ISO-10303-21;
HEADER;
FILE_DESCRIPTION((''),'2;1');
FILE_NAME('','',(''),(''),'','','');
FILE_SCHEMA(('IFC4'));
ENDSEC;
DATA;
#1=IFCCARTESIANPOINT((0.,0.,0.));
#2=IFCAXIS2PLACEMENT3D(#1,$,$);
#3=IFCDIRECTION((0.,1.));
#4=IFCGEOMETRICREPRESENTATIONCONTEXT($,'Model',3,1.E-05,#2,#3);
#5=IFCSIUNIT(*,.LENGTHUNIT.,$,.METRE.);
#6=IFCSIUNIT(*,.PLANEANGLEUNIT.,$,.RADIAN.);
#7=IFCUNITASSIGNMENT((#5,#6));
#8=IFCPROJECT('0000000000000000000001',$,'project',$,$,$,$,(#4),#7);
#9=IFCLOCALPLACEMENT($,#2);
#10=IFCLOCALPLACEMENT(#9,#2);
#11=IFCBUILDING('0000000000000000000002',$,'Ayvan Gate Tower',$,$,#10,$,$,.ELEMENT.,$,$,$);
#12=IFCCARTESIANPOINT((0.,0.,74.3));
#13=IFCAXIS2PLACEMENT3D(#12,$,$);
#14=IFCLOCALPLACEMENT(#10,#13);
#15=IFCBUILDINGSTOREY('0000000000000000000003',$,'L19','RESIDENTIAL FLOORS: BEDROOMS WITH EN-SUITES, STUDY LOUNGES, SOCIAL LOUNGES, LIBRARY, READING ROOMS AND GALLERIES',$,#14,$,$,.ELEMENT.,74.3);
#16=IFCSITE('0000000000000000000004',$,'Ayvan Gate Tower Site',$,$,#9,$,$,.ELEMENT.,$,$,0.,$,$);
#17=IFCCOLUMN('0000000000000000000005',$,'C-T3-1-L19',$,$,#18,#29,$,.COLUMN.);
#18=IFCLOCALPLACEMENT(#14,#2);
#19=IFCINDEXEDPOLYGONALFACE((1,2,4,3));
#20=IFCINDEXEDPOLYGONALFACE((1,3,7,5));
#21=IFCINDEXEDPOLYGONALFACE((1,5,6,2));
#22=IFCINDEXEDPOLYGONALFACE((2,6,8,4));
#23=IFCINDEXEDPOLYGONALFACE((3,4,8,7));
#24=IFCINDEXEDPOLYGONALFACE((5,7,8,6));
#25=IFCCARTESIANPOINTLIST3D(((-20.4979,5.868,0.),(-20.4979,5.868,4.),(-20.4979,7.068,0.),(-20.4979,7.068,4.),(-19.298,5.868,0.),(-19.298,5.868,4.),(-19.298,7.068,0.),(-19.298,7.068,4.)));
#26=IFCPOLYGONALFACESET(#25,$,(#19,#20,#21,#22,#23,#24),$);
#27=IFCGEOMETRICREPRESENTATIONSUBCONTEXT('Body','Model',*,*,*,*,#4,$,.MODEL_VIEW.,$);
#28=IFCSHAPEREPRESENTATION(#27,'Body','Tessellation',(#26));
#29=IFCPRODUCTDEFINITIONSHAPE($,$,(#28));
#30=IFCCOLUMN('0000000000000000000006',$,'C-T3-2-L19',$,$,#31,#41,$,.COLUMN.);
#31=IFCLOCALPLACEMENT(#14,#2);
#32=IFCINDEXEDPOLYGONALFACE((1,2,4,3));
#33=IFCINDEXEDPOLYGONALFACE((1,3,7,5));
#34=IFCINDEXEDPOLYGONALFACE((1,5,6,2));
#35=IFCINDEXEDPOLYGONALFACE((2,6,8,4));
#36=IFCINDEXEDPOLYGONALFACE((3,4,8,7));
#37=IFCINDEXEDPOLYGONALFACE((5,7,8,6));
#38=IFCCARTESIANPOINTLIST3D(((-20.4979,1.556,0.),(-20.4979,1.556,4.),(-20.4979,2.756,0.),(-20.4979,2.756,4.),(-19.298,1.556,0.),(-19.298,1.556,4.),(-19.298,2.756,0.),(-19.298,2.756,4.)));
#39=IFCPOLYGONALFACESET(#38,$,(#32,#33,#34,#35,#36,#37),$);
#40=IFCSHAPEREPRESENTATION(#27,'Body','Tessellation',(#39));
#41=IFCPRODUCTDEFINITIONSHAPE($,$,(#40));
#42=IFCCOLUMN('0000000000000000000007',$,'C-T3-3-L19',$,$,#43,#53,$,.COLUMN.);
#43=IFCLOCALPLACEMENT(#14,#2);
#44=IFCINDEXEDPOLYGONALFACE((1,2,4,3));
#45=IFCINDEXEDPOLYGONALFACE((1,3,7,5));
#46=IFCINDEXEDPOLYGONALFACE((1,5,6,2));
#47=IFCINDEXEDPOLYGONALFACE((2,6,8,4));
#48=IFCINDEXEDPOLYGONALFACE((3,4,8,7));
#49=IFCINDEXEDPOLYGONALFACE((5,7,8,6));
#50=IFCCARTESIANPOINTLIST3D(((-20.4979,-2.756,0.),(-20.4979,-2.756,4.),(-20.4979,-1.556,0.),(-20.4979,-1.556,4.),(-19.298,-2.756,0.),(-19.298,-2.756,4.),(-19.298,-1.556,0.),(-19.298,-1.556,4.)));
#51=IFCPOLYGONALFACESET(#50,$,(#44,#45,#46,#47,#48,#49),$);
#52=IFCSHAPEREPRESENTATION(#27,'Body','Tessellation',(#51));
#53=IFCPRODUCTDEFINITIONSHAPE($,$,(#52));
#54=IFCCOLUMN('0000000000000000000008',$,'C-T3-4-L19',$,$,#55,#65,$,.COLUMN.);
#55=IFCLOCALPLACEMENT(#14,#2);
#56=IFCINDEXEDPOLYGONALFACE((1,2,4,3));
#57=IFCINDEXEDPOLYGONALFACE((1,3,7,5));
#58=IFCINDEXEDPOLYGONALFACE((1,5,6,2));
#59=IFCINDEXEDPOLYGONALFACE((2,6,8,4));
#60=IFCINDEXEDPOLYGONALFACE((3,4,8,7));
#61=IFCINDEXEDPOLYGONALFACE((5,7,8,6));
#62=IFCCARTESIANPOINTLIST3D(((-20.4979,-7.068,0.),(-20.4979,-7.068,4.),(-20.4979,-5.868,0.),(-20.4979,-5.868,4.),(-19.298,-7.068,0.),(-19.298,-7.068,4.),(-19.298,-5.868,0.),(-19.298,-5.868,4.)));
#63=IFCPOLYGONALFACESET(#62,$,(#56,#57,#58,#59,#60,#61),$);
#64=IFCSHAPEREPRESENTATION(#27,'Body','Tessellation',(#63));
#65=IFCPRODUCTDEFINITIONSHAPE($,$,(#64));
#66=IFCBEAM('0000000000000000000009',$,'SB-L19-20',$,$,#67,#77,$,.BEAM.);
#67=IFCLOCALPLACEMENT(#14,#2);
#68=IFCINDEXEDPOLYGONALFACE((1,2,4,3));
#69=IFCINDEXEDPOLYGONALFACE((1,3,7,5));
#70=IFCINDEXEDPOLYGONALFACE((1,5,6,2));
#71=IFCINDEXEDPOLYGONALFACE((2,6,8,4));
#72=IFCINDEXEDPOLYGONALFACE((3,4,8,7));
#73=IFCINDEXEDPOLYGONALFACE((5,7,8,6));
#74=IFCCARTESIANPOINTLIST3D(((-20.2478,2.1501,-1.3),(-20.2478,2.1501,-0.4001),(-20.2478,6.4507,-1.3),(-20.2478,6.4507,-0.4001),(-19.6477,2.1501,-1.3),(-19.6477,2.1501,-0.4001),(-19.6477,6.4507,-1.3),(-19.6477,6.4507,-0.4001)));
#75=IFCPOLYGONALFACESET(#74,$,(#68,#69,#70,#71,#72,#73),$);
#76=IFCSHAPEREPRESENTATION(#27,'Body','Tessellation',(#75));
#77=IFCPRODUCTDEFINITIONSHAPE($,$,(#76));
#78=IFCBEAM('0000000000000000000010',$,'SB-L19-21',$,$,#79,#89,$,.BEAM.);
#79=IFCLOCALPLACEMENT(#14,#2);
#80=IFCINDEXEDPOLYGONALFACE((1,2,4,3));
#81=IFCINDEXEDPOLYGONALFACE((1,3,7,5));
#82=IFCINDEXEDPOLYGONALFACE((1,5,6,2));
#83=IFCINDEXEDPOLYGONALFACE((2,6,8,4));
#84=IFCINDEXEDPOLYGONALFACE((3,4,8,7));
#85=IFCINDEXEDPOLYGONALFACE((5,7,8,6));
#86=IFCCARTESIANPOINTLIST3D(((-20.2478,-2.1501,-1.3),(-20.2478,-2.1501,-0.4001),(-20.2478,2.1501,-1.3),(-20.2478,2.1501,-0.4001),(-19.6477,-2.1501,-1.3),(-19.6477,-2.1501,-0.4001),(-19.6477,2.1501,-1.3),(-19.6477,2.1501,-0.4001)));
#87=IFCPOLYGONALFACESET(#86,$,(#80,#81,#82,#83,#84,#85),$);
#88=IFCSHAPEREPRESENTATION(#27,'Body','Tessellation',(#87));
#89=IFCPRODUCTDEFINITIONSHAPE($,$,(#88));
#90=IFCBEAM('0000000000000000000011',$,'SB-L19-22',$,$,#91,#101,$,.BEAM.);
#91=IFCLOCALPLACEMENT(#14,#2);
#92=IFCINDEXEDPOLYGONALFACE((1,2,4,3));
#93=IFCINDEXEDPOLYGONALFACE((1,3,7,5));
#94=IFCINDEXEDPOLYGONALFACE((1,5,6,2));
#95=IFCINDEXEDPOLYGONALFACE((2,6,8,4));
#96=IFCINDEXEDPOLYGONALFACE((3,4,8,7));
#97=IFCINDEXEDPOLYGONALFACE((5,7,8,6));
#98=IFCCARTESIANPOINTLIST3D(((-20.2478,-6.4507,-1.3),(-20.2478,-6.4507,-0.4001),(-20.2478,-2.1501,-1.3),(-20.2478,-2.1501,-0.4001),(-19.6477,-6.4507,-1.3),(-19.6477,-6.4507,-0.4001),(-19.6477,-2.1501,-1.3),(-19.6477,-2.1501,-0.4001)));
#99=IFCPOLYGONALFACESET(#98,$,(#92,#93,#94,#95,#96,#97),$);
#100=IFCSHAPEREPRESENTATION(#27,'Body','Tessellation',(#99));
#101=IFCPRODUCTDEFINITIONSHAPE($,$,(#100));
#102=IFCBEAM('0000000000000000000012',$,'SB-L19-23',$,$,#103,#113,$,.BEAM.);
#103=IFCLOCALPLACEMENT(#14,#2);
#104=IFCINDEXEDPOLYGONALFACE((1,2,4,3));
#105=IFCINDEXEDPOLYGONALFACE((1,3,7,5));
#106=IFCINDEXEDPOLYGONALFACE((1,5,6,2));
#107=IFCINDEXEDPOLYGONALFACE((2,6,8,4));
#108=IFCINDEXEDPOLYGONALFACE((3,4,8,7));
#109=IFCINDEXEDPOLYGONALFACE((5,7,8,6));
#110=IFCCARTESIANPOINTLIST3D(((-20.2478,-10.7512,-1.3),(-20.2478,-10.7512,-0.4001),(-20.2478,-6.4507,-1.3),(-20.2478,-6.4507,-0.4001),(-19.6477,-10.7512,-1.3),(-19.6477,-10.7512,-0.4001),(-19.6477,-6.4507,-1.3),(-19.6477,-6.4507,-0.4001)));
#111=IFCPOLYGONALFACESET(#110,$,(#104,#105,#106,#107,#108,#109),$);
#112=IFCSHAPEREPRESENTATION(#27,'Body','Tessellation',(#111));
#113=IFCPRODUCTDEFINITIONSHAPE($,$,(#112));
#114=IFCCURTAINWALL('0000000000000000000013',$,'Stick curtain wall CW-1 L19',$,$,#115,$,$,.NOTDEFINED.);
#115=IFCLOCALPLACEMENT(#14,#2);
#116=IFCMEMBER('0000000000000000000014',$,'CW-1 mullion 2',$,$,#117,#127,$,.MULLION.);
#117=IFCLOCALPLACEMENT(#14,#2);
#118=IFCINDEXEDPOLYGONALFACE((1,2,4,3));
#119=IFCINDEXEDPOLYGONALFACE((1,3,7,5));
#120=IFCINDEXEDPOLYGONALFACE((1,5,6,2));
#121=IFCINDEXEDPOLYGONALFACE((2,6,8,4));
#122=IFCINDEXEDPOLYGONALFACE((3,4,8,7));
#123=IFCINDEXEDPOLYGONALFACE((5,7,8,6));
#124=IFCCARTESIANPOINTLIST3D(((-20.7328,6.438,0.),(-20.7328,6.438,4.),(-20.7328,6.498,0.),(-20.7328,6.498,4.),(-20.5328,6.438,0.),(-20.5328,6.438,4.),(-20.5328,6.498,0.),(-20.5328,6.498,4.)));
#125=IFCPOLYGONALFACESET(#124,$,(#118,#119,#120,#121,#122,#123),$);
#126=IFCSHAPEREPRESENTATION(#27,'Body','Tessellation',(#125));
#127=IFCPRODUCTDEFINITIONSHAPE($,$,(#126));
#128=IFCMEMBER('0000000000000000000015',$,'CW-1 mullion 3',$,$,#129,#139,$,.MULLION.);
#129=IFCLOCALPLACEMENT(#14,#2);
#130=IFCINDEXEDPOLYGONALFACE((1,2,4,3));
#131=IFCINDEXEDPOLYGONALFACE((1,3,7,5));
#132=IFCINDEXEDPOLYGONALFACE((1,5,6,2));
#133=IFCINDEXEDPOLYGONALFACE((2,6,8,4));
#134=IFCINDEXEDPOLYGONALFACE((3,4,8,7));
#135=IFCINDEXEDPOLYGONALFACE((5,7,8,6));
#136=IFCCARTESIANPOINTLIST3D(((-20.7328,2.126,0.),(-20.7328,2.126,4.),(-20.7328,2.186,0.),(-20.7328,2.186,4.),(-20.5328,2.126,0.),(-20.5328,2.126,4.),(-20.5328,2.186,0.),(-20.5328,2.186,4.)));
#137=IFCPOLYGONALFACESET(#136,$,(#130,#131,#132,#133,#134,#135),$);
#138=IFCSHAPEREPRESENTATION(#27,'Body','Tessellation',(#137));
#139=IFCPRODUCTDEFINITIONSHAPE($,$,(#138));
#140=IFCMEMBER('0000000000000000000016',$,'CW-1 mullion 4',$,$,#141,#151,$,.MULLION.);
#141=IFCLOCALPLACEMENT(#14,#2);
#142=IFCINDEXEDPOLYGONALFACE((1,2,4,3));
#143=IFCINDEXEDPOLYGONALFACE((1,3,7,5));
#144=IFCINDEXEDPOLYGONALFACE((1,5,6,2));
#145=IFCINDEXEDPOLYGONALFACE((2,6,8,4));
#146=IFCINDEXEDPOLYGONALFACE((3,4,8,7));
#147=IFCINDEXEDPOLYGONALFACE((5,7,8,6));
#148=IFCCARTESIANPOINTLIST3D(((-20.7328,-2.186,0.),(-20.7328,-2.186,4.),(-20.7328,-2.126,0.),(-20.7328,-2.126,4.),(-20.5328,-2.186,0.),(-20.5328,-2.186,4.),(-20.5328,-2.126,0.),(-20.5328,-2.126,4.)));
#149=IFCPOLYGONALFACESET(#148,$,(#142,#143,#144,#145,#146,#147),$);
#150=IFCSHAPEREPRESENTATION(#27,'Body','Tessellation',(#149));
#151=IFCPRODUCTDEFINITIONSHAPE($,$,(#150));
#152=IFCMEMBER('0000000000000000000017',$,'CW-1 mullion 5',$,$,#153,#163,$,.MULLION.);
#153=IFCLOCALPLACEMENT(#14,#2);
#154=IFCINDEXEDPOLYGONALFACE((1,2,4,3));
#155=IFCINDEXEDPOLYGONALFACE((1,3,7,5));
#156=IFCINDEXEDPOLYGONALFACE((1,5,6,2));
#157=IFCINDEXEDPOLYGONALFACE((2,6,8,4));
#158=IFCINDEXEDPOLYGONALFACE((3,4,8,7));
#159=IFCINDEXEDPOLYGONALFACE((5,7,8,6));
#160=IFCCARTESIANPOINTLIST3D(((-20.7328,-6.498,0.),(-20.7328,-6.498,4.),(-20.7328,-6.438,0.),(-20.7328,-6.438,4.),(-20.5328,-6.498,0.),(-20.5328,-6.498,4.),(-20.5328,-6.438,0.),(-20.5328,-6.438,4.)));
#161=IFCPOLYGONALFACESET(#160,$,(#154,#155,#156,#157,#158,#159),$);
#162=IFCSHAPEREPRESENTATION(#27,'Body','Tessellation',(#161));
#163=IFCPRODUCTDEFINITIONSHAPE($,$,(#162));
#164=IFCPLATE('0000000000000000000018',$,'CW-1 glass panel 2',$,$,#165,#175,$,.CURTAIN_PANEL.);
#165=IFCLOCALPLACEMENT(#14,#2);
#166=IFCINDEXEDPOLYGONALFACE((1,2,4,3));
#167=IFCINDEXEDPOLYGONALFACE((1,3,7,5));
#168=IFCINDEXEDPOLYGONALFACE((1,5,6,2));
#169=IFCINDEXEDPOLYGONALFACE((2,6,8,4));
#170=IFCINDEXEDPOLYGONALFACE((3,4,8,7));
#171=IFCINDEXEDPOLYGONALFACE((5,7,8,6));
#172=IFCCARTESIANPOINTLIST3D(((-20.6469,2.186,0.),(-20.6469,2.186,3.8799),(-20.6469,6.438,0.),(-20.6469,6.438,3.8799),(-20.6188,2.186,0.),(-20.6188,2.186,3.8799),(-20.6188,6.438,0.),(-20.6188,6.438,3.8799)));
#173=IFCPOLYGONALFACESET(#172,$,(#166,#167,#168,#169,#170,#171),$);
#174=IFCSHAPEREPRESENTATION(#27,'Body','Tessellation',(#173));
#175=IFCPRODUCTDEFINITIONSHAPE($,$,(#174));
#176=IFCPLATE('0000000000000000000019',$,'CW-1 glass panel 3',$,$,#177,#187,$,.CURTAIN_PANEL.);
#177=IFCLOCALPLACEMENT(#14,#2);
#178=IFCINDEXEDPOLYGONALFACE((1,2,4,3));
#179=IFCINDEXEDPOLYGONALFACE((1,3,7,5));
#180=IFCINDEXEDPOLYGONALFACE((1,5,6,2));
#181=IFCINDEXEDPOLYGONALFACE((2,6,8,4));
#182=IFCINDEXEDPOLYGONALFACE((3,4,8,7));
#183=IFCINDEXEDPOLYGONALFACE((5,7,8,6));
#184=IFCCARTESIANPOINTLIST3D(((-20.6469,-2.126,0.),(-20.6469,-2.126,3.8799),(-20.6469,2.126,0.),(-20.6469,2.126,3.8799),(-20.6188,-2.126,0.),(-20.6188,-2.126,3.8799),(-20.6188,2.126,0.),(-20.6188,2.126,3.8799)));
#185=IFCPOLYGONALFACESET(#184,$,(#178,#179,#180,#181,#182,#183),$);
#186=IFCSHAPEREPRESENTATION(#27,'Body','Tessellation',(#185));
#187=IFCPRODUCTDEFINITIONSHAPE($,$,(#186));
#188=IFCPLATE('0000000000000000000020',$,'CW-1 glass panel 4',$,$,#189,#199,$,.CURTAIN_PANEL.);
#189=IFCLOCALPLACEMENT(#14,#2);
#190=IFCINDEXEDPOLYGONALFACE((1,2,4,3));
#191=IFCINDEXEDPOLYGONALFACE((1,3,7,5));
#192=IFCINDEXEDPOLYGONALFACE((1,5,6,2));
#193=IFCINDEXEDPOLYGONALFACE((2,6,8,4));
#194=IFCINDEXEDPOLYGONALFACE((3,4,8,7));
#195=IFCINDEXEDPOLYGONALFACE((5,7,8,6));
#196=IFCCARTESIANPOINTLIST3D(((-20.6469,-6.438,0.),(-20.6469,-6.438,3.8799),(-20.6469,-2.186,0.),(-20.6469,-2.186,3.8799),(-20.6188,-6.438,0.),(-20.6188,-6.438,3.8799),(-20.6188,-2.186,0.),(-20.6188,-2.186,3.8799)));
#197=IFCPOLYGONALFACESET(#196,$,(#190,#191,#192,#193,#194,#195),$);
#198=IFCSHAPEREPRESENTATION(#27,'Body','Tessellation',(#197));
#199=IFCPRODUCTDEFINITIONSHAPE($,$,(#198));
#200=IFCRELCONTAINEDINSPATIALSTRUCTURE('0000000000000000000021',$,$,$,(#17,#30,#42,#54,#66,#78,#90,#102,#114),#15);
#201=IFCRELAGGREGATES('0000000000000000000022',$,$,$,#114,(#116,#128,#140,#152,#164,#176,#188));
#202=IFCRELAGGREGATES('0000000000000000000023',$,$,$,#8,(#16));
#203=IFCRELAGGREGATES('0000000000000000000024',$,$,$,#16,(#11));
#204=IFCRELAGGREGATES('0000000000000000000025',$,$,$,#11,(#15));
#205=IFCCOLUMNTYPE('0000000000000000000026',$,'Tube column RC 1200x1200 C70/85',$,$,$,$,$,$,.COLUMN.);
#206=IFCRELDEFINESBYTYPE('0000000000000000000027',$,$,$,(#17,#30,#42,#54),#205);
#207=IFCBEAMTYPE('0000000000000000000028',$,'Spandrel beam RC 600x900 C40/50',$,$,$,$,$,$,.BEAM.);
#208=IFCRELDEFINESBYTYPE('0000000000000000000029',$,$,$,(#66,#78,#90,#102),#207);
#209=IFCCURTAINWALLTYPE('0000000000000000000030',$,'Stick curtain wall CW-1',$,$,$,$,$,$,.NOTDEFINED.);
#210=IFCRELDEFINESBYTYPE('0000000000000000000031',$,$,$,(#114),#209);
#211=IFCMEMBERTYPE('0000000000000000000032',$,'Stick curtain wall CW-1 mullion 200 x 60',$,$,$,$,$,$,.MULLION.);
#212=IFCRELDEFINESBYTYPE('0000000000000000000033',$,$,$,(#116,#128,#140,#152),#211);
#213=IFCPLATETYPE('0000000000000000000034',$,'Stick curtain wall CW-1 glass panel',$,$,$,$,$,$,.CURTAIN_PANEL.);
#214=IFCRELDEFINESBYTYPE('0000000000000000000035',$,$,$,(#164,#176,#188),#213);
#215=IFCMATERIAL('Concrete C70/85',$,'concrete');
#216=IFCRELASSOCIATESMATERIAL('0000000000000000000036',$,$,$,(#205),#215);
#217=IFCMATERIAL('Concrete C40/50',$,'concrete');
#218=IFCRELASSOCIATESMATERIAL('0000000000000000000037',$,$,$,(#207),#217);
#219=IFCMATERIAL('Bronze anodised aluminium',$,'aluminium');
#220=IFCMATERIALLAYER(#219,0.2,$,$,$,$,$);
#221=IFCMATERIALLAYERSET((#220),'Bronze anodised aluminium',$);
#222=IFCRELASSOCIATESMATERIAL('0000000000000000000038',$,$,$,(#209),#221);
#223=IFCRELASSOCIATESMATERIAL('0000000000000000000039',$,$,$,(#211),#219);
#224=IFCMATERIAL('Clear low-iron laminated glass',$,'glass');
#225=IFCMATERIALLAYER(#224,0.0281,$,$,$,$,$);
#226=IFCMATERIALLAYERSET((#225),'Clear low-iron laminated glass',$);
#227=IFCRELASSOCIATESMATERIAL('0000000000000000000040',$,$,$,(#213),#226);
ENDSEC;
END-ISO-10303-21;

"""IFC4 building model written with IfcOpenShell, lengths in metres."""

from ifc_helpers import new_model, si_unit, direction, frame, origin, origin_2d, place, context, subcontext, project, spatial, rectangle, extrude, material, layer, layer_set, material_profile, profile_set, type_object, element, aggregate, save


model = new_model("IFC4")

# Units and contexts
model_context = context("Model", 3, precision=1e-05, world=origin(), true_north=direction((0.0, 1.0)))
body_context = subcontext(model_context, "Body", "Model", "MODEL_VIEW")
ifc_project = project(units=[si_unit("LENGTHUNIT", "METRE"), si_unit("PLANEANGLEUNIT", "RADIAN")], contexts=[model_context])

# Site, building, storey
site_placement = place(None, origin())
site = spatial("IfcSite", under=ifc_project, at=site_placement, Name="Ayvan Gate Tower Site", CompositionType="ELEMENT", RefElevation=0.0)
building_placement = place(site_placement, origin())
building = spatial("IfcBuilding", under=site, at=building_placement, Name="Ayvan Gate Tower", CompositionType="ELEMENT")
storey_placement = place(building_placement, frame((0.0, 0.0, 74.3)))
storey = spatial("IfcBuildingStorey", under=building, at=storey_placement, Name="L19", Description="RESIDENTIAL FLOORS: BEDROOMS WITH EN-SUITES, STUDY LOUNGES, SOCIAL LOUNGES, LIBRARY, READING ROOMS AND GALLERIES", CompositionType="ELEMENT", Elevation=74.3)

# Columns
ifc_material_1 = material(Name="Concrete C70/85", Category="concrete")
ifc_material_profile_1 = material_profile(ifc_material_1, rectangle(XDim=1.2, YDim=1.2, at=origin_2d()), Name="RC 1200x1200")
ifc_profile_set_1 = profile_set([ifc_material_profile_1], Name="Concrete C70/85")
column_type = type_object("IfcColumnType", Name="Tube column RC 1200x1200 C70/85", PredefinedType="COLUMN", material=ifc_profile_set_1)
for number, where, z_axis, x_axis, name in (
    (1, (-19.8979, 6.468, 0.0), (0.0, 0.0, 1.0), (-1.0, 0.0, 0.0), "C-T3-1-L19"),
    (2, (-19.8979, 2.156, 0.0), (0.0, 0.0, 1.0), (-1.0, 0.0, 0.0), "C-T3-2-L19"),
    (3, (-19.8979, -2.156, 0.0), (0.0, 0.0, 1.0), (-1.0, 0.0, 0.0), "C-T3-3-L19"),
    (4, (-19.8979, -6.468, 0.0), (0.0, 0.0, 1.0), (-1.0, 0.0, 0.0), "C-T3-4-L19"),
):
    element("IfcColumn", number, at=place(storey_placement, frame(where, z_axis=z_axis, x_axis=x_axis)), inside=storey, type_object=column_type, Name=name, PredefinedType="COLUMN", context=body_context, shape_type="SweptSolid", body=[
        extrude(rectangle(XDim=1.2, YDim=1.2, at=origin_2d()), origin(), (0.0, 0.0, 1.0), 4.0),
    ])

# Beams
ifc_material_2 = material(Name="Concrete C40/50", Category="concrete")
ifc_material_profile_2 = material_profile(ifc_material_2, rectangle(XDim=0.6001, YDim=0.8999, at=origin_2d()), Name="RC 600x900")
ifc_profile_set_2 = profile_set([ifc_material_profile_2], Name="Concrete C40/50")
beam_type = type_object("IfcBeamType", Name="Spandrel beam RC 600x900 C40/50", PredefinedType="BEAM", material=ifc_profile_set_2)
beam_1_placement = place(storey_placement, frame((-19.9478, 6.4507, -0.8501), z_axis=(0.0, -1.0, 0.0), x_axis=(1.0, 0.0, 0.0)))
element("IfcBeam", 5, at=beam_1_placement, inside=storey, type_object=beam_type, Name="SB-L19-20", PredefinedType="BEAM", context=body_context, shape_type="SweptSolid", body=[
    extrude(rectangle(XDim=0.6001, YDim=0.8999, at=origin_2d()), origin(), (0.0, 0.0, 1.0), 4.3005),
])
beam_2_placement = place(storey_placement, frame((-19.9478, 2.1501, -0.8501), z_axis=(0.0, -1.0, 0.0), x_axis=(1.0, 0.0, 0.0)))
element("IfcBeam", 6, at=beam_2_placement, inside=storey, type_object=beam_type, Name="SB-L19-21", PredefinedType="BEAM", context=body_context, shape_type="SweptSolid", body=[
    extrude(rectangle(XDim=0.6001, YDim=0.8999, at=origin_2d()), origin(), (0.0, 0.0, 1.0), 4.3003),
])
for number, where, z_axis, x_axis, name in (
    (7, (-19.9478, -2.1501, -0.8501), (0.0, -1.0, 0.0), (1.0, 0.0, 0.0), "SB-L19-22"),
    (8, (-19.9478, -6.4507, -0.8501), (0.0, -1.0, 0.0), (1.0, 0.0, 0.0), "SB-L19-23"),
):
    element("IfcBeam", number, at=place(storey_placement, frame(where, z_axis=z_axis, x_axis=x_axis)), inside=storey, type_object=beam_type, Name=name, PredefinedType="BEAM", context=body_context, shape_type="SweptSolid", body=[
        extrude(rectangle(XDim=0.6001, YDim=0.8999, at=origin_2d()), origin(), (0.0, 0.0, 1.0), 4.3005),
    ])

# Curtain wall, members, plates
ifc_material_3 = material(Name="Bronze anodised aluminium", Category="aluminium")
ifc_layer_1 = layer(ifc_material_3, 0.2)
ifc_layer_set_1 = layer_set([ifc_layer_1], Name="Bronze anodised aluminium")
curtain_wall_type = type_object("IfcCurtainWallType", Name="Stick curtain wall CW-1", PredefinedType="NOTDEFINED", material=ifc_layer_set_1)
curtain_wall_placement = place(storey_placement, origin())
curtain_wall = element("IfcCurtainWall", 9, at=curtain_wall_placement, inside=storey, type_object=curtain_wall_type, Name="Stick curtain wall CW-1 L19", PredefinedType="NOTDEFINED")
ifc_material_profile_3 = material_profile(ifc_material_3, rectangle(XDim=0.2, YDim=0.0601, at=origin_2d()), Name="Stick curtain wall CW-1 mullion 200 x 60")
ifc_profile_set_3 = profile_set([ifc_material_profile_3], Name="Bronze anodised aluminium")
member_type = type_object("IfcMemberType", Name="Stick curtain wall CW-1 mullion 200 x 60", PredefinedType="MULLION", material=ifc_profile_set_3)
member_1_placement = place(storey_placement, frame((-20.6328, 6.468, 0.0), z_axis=(0.0, 0.0, 1.0), x_axis=(-1.0, 0.0, 0.0)))
member_1 = element("IfcMember", 10, at=member_1_placement, type_object=member_type, Name="CW-1 mullion 2", PredefinedType="MULLION", context=body_context, shape_type="SweptSolid", body=[
    extrude(rectangle(XDim=0.2, YDim=0.0601, at=origin_2d()), origin(), (0.0, 0.0, 1.0), 4.0),
])
member_2_placement = place(storey_placement, frame((-20.6328, 2.156, 0.0), z_axis=(0.0, 0.0, 1.0), x_axis=(-1.0, 0.0, 0.0)))
member_2 = element("IfcMember", 11, at=member_2_placement, type_object=member_type, Name="CW-1 mullion 3", PredefinedType="MULLION", context=body_context, shape_type="SweptSolid", body=[
    extrude(rectangle(XDim=0.2, YDim=0.0601, at=origin_2d()), origin(), (0.0, 0.0, 1.0), 4.0),
])
member_3_placement = place(storey_placement, frame((-20.6328, -2.156, 0.0), z_axis=(0.0, 0.0, 1.0), x_axis=(-1.0, 0.0, 0.0)))
member_3 = element("IfcMember", 12, at=member_3_placement, type_object=member_type, Name="CW-1 mullion 4", PredefinedType="MULLION", context=body_context, shape_type="SweptSolid", body=[
    extrude(rectangle(XDim=0.2, YDim=0.0601, at=origin_2d()), origin(), (0.0, 0.0, 1.0), 4.0),
])
member_4_placement = place(storey_placement, frame((-20.6328, -6.468, 0.0), z_axis=(0.0, 0.0, 1.0), x_axis=(-1.0, 0.0, 0.0)))
member_4 = element("IfcMember", 13, at=member_4_placement, type_object=member_type, Name="CW-1 mullion 5", PredefinedType="MULLION", context=body_context, shape_type="SweptSolid", body=[
    extrude(rectangle(XDim=0.2, YDim=0.0601, at=origin_2d()), origin(), (0.0, 0.0, 1.0), 4.0),
])
ifc_material_4 = material(Name="Clear low-iron laminated glass", Category="glass")
ifc_layer_2 = layer(ifc_material_4, 0.0281)
ifc_layer_set_2 = layer_set([ifc_layer_2], Name="Clear low-iron laminated glass")
plate_type = type_object("IfcPlateType", Name="Stick curtain wall CW-1 glass panel", PredefinedType="CURTAIN_PANEL", material=ifc_layer_set_2)
plate_1_placement = place(storey_placement, frame((-20.6328, 4.312, 0.0), z_axis=(0.0, 0.0, 1.0), x_axis=(0.0, -1.0, 0.0)))
plate_1 = element("IfcPlate", 14, at=plate_1_placement, type_object=plate_type, Name="CW-1 glass panel 2", PredefinedType="CURTAIN_PANEL", context=body_context, shape_type="SweptSolid", body=[
    extrude(rectangle(XDim=4.252, YDim=0.0281, at=origin_2d()), origin(), (0.0, 0.0, 1.0), 3.8799),
])
plate_2_placement = place(storey_placement, frame((-20.6328, 0.0, 0.0), z_axis=(0.0, 0.0, 1.0), x_axis=(0.0, -1.0, 0.0)))
plate_2 = element("IfcPlate", 15, at=plate_2_placement, type_object=plate_type, Name="CW-1 glass panel 3", PredefinedType="CURTAIN_PANEL", context=body_context, shape_type="SweptSolid", body=[
    extrude(rectangle(XDim=4.252, YDim=0.0281, at=origin_2d()), origin(), (0.0, 0.0, 1.0), 3.8799),
])
plate_3_placement = place(storey_placement, frame((-20.6328, -4.312, 0.0), z_axis=(0.0, 0.0, 1.0), x_axis=(0.0, -1.0, 0.0)))
plate_3 = element("IfcPlate", 16, at=plate_3_placement, type_object=plate_type, Name="CW-1 glass panel 4", PredefinedType="CURTAIN_PANEL", context=body_context, shape_type="SweptSolid", body=[
    extrude(rectangle(XDim=4.252, YDim=0.0281, at=origin_2d()), origin(), (0.0, 0.0, 1.0), 3.8799),
])
aggregate(curtain_wall, [member_1, member_2, member_3, member_4, plate_1, plate_2, plate_3])

save(model, "model.ifc")
